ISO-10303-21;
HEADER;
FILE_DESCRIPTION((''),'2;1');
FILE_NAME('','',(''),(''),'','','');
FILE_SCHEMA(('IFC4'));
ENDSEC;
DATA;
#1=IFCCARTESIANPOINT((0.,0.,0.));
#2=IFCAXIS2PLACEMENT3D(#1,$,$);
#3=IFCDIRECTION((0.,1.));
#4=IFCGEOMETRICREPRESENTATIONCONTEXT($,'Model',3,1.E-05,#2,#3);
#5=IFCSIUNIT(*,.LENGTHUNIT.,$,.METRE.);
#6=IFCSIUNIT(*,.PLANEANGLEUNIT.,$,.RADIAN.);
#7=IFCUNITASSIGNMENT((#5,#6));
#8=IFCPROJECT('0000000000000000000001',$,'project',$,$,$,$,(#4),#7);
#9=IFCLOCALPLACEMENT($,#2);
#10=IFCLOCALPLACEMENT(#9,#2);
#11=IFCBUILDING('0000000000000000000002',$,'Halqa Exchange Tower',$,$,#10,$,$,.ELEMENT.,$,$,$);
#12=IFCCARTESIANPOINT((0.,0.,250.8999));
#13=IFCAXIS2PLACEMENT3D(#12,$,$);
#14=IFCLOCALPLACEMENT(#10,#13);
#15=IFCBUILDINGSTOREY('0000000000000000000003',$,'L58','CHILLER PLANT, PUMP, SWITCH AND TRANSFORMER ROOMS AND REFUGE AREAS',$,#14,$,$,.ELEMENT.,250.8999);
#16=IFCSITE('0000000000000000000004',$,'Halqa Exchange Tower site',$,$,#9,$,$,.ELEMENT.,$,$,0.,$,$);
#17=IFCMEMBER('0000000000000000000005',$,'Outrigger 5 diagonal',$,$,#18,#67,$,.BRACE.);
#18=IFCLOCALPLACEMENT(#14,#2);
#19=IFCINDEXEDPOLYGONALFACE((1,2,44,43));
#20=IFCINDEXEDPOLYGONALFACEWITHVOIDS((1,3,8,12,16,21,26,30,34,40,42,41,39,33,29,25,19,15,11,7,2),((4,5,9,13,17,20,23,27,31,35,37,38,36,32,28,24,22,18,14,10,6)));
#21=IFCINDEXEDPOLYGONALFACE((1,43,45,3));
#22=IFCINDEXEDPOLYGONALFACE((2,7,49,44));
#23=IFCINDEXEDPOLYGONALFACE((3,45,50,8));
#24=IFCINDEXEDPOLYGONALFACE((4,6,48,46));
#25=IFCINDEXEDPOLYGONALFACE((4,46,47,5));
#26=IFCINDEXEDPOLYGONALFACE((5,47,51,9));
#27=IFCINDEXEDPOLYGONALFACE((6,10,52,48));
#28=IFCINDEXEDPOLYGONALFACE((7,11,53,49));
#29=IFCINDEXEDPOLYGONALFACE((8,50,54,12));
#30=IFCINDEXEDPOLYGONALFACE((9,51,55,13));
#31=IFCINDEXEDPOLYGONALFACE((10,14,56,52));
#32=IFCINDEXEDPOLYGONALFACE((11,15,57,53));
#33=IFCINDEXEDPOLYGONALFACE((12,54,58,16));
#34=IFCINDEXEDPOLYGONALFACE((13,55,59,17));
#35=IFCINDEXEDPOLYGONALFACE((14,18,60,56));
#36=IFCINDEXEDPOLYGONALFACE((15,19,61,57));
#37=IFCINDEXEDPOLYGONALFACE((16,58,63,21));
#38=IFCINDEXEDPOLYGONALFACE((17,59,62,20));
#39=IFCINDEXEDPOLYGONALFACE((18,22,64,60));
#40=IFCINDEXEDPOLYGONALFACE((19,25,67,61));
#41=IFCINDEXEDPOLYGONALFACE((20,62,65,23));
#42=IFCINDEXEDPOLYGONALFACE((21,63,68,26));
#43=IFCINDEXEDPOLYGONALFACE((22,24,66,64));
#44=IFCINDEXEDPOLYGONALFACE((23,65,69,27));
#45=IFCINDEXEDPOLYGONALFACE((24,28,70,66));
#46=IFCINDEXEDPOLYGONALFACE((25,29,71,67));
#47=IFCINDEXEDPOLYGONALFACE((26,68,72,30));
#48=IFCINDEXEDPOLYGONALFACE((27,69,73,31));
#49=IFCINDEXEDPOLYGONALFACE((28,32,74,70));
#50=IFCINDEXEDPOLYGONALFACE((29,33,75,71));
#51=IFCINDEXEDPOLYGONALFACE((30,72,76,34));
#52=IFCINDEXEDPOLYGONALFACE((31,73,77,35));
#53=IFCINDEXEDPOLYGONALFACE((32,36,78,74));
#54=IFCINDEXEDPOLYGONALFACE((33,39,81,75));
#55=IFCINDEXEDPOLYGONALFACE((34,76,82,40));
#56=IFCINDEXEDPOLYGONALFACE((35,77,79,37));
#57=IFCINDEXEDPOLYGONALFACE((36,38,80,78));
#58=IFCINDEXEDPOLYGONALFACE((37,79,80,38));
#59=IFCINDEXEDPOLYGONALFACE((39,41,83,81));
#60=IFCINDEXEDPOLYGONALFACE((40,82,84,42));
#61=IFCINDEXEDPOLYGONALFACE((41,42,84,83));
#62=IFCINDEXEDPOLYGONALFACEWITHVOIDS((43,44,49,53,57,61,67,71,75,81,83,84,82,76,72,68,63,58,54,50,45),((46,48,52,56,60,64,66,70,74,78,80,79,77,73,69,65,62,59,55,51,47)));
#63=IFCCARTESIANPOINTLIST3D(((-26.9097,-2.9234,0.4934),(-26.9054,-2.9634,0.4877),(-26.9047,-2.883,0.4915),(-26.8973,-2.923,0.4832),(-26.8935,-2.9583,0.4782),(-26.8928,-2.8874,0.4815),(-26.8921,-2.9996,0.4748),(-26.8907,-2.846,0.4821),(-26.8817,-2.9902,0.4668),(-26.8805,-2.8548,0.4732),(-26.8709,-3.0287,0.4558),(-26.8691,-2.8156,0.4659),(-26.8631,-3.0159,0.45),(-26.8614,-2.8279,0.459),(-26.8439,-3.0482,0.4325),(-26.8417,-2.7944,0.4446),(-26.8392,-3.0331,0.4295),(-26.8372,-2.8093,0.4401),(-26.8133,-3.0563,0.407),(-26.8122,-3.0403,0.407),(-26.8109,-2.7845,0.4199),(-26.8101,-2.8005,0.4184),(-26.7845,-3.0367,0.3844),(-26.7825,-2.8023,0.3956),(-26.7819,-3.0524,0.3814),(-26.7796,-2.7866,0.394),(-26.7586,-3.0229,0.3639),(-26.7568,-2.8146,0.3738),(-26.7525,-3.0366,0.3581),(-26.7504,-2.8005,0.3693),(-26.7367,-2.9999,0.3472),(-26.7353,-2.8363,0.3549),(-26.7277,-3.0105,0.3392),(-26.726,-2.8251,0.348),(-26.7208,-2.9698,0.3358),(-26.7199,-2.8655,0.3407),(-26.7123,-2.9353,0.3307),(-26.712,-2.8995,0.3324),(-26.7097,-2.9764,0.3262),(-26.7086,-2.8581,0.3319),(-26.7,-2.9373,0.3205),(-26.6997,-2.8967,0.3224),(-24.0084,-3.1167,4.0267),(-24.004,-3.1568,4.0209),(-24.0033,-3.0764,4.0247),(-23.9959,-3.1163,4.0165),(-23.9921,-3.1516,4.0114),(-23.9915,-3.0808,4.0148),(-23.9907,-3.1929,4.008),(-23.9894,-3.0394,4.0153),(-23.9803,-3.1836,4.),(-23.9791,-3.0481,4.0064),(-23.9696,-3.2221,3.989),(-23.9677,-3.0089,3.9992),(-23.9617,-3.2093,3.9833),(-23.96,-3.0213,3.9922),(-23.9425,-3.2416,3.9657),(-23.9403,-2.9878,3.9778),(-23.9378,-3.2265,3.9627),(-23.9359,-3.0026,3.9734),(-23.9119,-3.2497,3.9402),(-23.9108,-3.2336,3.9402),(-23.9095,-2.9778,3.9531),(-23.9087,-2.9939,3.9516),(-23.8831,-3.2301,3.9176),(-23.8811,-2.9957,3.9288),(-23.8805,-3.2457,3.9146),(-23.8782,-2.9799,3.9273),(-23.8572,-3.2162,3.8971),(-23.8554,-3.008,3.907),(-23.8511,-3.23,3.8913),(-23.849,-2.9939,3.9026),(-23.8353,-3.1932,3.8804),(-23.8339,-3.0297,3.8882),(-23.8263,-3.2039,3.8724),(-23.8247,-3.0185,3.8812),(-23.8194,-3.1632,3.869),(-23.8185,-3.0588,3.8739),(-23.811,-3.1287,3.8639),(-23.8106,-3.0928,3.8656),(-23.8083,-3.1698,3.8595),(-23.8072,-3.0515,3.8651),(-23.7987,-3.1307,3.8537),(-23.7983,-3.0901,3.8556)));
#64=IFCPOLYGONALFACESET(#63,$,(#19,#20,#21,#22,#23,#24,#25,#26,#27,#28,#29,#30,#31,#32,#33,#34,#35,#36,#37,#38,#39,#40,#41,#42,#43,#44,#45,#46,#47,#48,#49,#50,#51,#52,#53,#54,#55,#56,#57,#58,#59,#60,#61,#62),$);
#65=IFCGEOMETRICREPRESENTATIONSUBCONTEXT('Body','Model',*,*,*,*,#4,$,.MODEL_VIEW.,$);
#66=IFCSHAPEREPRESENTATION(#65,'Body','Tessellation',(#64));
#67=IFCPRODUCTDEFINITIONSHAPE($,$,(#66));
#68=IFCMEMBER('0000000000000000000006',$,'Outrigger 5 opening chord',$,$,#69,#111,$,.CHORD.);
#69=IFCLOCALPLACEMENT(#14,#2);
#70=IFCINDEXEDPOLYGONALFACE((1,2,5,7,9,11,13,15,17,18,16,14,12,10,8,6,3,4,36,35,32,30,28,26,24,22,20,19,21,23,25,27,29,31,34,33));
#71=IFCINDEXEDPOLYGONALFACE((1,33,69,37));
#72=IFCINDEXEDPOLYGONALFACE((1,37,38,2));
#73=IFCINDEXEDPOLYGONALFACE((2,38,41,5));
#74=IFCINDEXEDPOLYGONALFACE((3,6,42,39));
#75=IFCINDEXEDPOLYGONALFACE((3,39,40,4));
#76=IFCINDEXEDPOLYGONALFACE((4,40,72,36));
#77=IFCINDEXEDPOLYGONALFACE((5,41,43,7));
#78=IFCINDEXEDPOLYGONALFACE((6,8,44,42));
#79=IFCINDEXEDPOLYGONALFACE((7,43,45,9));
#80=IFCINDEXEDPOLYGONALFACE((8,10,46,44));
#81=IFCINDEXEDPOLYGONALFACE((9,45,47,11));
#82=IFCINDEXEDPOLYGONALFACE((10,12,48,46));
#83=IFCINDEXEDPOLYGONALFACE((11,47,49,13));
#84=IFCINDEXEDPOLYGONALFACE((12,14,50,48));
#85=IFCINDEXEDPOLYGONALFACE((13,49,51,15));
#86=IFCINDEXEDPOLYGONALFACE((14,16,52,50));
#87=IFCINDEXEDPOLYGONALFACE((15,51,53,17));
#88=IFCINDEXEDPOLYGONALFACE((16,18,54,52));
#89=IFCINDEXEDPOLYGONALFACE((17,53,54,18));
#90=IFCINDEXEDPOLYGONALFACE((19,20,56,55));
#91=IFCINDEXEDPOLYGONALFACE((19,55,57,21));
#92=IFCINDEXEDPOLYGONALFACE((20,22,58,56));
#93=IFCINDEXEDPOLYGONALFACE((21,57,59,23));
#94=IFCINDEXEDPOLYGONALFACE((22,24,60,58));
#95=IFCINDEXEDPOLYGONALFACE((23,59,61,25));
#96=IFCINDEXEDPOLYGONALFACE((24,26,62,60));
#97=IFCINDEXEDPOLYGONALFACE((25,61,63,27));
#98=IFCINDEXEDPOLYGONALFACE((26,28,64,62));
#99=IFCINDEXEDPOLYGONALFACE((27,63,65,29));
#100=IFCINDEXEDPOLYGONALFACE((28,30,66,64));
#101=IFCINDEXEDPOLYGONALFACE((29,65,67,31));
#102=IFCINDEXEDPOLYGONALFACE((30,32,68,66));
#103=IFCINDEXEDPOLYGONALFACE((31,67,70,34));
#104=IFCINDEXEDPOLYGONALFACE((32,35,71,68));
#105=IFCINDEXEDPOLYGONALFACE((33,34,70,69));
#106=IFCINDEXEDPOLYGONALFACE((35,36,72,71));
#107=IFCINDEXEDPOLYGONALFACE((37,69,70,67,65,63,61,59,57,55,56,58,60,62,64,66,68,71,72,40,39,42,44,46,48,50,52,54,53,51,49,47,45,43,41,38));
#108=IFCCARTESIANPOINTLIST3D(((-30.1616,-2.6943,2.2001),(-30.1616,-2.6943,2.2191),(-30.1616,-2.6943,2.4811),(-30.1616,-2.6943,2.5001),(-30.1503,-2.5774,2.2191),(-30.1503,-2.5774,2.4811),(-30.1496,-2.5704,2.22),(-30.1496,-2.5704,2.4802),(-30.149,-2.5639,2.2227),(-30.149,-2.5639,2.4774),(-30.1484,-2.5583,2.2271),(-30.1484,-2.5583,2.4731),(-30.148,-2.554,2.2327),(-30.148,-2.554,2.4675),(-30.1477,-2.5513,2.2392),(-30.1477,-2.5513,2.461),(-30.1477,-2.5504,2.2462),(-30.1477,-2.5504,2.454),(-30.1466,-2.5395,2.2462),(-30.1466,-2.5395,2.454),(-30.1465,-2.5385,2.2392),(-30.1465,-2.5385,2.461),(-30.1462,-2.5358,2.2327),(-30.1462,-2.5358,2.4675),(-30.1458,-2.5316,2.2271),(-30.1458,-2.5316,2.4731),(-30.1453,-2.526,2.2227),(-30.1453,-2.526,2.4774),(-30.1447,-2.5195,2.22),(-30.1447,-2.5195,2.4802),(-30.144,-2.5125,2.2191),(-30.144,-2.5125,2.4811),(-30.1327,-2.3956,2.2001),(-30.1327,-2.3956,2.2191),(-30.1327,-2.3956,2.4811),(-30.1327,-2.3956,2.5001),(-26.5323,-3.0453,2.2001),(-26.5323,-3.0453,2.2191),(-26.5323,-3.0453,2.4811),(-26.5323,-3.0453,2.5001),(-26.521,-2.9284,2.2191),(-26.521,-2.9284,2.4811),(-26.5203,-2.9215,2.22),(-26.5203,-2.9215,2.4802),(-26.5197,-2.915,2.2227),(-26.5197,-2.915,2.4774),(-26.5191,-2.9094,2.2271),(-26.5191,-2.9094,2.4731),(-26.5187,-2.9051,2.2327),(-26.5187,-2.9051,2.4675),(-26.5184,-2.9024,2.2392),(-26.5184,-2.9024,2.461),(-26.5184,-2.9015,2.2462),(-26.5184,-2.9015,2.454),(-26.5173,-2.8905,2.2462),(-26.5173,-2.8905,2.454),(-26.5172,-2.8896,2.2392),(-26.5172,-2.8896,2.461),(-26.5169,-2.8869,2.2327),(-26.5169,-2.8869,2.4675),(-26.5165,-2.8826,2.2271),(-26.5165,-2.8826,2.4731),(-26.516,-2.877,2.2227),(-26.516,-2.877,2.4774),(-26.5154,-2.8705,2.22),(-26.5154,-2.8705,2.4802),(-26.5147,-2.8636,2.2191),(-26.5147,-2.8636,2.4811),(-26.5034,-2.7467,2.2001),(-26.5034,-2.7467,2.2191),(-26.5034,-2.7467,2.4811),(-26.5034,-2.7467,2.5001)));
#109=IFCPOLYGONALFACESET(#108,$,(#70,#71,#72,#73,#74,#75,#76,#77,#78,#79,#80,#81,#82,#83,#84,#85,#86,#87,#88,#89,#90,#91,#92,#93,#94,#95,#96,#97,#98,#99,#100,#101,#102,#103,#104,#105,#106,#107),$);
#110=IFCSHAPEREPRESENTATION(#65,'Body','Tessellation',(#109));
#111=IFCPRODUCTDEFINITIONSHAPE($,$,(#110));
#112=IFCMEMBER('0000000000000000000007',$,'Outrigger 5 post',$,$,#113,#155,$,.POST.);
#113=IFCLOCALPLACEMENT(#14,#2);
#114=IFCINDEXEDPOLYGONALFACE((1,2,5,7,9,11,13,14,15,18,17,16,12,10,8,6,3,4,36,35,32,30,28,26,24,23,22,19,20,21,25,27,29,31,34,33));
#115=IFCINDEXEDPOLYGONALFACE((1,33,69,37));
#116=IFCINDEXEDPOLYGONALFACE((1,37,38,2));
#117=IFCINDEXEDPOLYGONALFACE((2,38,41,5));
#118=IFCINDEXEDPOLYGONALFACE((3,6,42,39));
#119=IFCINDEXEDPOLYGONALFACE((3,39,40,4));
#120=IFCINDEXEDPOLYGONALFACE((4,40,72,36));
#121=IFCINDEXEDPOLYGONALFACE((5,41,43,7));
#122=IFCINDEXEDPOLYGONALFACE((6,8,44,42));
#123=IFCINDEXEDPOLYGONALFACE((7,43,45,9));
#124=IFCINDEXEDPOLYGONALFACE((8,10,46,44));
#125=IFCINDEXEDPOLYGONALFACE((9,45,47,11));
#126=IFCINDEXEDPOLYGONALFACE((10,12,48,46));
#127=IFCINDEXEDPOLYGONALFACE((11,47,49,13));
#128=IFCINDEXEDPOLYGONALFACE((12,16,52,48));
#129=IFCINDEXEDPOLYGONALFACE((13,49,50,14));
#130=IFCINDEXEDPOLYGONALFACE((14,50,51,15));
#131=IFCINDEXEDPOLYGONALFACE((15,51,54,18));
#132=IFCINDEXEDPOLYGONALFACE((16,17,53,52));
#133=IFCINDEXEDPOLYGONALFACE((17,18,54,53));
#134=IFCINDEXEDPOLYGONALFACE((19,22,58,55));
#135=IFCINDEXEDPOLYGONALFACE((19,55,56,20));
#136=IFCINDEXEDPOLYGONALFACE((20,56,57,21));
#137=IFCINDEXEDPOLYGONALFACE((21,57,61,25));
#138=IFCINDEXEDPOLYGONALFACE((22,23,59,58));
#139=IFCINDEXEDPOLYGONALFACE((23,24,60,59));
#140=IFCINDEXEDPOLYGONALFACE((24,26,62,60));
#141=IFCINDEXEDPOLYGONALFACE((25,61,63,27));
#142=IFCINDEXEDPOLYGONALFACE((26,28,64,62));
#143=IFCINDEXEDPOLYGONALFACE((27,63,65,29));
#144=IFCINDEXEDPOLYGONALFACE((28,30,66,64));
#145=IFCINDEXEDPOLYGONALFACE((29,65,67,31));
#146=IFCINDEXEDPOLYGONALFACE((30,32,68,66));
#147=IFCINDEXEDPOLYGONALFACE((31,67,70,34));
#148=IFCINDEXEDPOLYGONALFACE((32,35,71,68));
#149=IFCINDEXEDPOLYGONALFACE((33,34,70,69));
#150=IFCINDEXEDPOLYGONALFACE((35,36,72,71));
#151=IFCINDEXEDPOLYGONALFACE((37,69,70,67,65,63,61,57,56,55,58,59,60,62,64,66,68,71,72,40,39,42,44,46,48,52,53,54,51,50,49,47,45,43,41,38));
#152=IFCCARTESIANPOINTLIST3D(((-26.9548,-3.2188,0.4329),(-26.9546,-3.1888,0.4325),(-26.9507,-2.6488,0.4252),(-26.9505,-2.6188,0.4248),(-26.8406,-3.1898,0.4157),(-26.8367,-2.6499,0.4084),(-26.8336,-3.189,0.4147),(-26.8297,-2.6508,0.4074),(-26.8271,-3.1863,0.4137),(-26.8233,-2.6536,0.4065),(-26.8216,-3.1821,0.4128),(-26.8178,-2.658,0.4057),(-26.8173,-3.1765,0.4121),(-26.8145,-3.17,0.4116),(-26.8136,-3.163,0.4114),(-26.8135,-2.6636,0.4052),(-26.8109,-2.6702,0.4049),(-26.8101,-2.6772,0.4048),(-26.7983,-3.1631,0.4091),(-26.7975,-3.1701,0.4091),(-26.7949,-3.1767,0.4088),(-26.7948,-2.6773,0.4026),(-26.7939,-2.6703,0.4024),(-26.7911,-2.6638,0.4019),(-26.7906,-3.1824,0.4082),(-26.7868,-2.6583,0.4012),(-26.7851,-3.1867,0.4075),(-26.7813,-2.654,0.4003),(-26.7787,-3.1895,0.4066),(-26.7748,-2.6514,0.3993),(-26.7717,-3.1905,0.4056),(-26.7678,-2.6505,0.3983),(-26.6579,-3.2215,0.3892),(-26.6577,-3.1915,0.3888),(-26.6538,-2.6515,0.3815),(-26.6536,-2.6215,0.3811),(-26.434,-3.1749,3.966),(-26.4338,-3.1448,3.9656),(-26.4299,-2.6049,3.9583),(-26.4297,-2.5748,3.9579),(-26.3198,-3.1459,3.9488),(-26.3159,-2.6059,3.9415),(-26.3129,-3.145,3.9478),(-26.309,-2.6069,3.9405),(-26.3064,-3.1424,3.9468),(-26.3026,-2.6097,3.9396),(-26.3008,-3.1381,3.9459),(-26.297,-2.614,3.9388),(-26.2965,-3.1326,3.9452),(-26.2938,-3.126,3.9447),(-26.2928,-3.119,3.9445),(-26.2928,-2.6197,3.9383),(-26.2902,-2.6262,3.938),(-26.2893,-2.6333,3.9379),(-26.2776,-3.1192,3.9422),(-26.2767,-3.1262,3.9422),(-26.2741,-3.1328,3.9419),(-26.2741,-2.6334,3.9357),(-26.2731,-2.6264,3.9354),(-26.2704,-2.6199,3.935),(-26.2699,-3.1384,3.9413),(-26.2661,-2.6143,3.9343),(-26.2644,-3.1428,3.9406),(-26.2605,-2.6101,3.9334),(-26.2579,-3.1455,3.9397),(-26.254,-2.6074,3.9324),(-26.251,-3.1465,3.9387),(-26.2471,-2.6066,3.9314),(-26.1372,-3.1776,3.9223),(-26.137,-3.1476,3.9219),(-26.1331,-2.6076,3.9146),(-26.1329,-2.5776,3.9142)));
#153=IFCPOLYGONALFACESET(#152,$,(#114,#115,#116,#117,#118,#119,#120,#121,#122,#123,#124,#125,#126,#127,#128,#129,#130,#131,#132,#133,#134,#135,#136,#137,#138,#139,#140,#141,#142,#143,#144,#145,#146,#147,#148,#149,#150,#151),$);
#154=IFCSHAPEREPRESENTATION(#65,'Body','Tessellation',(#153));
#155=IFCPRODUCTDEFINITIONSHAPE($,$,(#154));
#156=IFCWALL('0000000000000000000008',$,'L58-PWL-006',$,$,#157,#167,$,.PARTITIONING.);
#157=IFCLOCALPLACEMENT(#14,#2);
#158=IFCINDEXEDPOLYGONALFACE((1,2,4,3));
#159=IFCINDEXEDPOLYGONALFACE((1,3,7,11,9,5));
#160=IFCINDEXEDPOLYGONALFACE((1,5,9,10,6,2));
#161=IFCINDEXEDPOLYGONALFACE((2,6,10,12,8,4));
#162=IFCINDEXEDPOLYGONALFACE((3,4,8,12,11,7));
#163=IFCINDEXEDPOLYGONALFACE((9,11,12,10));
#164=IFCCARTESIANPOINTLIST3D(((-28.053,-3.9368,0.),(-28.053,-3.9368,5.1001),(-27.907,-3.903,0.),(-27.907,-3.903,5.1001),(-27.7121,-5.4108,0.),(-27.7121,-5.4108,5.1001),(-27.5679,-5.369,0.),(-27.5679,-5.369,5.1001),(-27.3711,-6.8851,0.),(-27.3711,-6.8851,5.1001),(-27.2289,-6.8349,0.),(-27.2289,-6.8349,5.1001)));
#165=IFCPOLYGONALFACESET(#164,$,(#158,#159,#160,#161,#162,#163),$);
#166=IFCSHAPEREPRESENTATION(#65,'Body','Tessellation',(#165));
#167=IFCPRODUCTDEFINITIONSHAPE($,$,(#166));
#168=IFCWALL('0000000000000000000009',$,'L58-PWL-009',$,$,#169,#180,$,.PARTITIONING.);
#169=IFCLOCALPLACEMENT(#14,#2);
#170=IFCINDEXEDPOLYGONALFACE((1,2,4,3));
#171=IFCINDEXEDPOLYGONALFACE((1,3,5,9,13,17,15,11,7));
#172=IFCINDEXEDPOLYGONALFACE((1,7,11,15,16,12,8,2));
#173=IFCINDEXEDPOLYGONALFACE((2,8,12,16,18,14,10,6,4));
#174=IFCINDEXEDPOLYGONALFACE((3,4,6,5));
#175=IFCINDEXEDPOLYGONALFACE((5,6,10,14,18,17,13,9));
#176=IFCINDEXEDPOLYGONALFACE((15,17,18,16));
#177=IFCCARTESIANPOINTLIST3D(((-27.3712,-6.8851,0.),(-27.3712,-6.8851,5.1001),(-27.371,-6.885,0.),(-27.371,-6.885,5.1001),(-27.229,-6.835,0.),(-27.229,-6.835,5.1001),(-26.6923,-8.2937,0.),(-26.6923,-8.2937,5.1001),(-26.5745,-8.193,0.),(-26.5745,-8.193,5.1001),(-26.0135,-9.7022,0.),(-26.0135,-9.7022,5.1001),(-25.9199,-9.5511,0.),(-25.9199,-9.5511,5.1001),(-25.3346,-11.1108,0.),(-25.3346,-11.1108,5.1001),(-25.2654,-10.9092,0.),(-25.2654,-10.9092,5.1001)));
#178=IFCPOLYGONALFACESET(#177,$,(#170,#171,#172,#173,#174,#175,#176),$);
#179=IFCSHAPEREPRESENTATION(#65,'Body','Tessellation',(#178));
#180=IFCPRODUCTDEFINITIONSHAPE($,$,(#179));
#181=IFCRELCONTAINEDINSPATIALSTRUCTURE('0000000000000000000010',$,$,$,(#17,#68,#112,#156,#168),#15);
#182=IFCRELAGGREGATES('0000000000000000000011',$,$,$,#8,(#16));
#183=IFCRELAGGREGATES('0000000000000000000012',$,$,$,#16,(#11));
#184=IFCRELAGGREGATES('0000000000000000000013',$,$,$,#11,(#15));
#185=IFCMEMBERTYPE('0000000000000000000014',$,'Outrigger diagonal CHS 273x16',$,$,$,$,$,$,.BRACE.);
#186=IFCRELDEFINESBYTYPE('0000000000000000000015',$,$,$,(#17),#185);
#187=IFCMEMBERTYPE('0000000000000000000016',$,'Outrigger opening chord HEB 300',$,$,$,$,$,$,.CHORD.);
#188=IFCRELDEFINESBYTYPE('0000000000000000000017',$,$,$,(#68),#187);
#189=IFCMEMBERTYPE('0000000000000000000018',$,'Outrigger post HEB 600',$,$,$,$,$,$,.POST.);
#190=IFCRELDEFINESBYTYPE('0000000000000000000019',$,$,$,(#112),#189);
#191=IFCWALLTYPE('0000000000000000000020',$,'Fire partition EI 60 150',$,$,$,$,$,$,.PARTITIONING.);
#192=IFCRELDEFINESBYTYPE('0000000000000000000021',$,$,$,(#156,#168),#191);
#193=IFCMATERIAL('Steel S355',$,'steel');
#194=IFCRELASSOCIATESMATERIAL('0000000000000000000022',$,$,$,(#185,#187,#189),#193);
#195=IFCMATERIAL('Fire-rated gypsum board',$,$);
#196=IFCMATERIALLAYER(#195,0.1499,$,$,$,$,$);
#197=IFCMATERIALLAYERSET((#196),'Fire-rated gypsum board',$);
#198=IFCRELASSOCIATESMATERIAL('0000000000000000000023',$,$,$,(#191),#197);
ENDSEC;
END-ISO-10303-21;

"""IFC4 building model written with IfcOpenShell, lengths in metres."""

from ifc_helpers import new_model, si_unit, direction, frame, origin, origin_2d, place, context, subcontext, project, spatial, polyline, hollow_circle, i_section, outline, extrude, material, layer, layer_set, material_profile, profile_set, type_object, element, save


model = new_model("IFC4")

# Units and contexts
model_context = context("Model", 3, precision=1e-05, world=origin(), true_north=direction((0.0, 1.0)))
body_context = subcontext(model_context, "Body", "Model", "MODEL_VIEW")
ifc_project = project(units=[si_unit("LENGTHUNIT", "METRE"), si_unit("PLANEANGLEUNIT", "RADIAN")], contexts=[model_context])

# Site, building, storey
site_placement = place(None, origin())
site = spatial("IfcSite", under=ifc_project, at=site_placement, Name="Halqa Exchange Tower site", CompositionType="ELEMENT", RefElevation=0.0)
building_placement = place(site_placement, origin())
building = spatial("IfcBuilding", under=site, at=building_placement, Name="Halqa Exchange Tower", CompositionType="ELEMENT")
storey_placement = place(building_placement, frame((0.0, 0.0, 250.8999)))
storey = spatial("IfcBuildingStorey", under=building, at=storey_placement, Name="L58", Description="CHILLER PLANT, PUMP, SWITCH AND TRANSFORMER ROOMS AND REFUGE AREAS", CompositionType="ELEMENT", Elevation=250.8999)

# Members
ifc_material_1 = material(Name="Steel S355", Category="steel")
ifc_material_profile_1 = material_profile(ifc_material_1, hollow_circle(Radius=0.1365, WallThickness=0.0161, at=origin_2d()), Name="CHS 273x16")
ifc_profile_set_1 = profile_set([ifc_material_profile_1], Name="Steel S355")
member_type_1 = type_object("IfcMemberType", Name="Outrigger diagonal CHS 273x16", PredefinedType="BRACE", material=ifc_profile_set_1)
member_1_placement = place(storey_placement, frame((-23.9028, -3.1135, 3.9402), z_axis=(-0.634054, 0.042256, -0.772133), x_axis=(-0.066497, -0.997787, 0.0)))
element("IfcMember", 1, at=member_1_placement, inside=storey, type_object=member_type_1, Name="Outrigger 5 diagonal", PredefinedType="BRACE", context=body_context, shape_type="SweptSolid", body=[
    extrude(hollow_circle(Radius=0.1365, WallThickness=0.0161, at=origin_2d()), origin(), (0.0, 0.0, 1.0), 4.5759),
])
ifc_material_profile_2 = material_profile(ifc_material_1, i_section(OverallWidth=0.3, OverallDepth=0.3, WebThickness=0.011, FlangeThickness=0.019, FilletRadius=0.0271, at=origin_2d()), Name="HEB 300")
ifc_profile_set_2 = profile_set([ifc_material_profile_2], Name="Steel S355")
member_type_2 = type_object("IfcMemberType", Name="Outrigger opening chord HEB 300", PredefinedType="CHORD", material=ifc_profile_set_2)
member_2_placement = place(storey_placement, frame((-26.5178, -2.896, 2.3501), z_axis=(-0.995354, 0.096281, 0.0), x_axis=(-0.096281, -0.995354, 0.0)))
element("IfcMember", 2, at=member_2_placement, inside=storey, type_object=member_type_2, Name="Outrigger 5 opening chord", PredefinedType="CHORD", context=body_context, shape_type="SweptSolid", body=[
    extrude(i_section(OverallWidth=0.3, OverallDepth=0.3, WebThickness=0.011, FlangeThickness=0.019, FilletRadius=0.0271, at=origin_2d()), origin(), (0.0, 0.0, 1.0), 3.6462),
])
ifc_material_profile_3 = material_profile(ifc_material_1, i_section(OverallWidth=0.3, OverallDepth=0.6001, WebThickness=0.0154, FlangeThickness=0.03, FilletRadius=0.0271, at=origin_2d()), Name="HEB 600")
ifc_profile_set_3 = profile_set([ifc_material_profile_3], Name="Steel S355")
member_type_3 = type_object("IfcMemberType", Name="Outrigger post HEB 600", PredefinedType="POST", material=ifc_profile_set_3)
member_3_placement = place(storey_placement, frame((-26.8042, -2.9202, 0.407), z_axis=(0.145802, 0.012304, 0.989237), x_axis=(0.989287, -0.00911, -0.145696)))
element("IfcMember", 3, at=member_3_placement, inside=storey, type_object=member_type_3, Name="Outrigger 5 post", PredefinedType="POST", context=body_context, shape_type="SweptSolid", body=[
    extrude(i_section(OverallWidth=0.3, OverallDepth=0.6001, WebThickness=0.0154, FlangeThickness=0.03, FilletRadius=0.0271, at=origin_2d()), origin(), (0.0, 0.0, 1.0), 3.5715),
])

# Walls
ifc_material_2 = material(Name="Fire-rated gypsum board")
ifc_layer_1 = layer(ifc_material_2, 0.1499)
ifc_layer_set_1 = layer_set([ifc_layer_1], Name="Fire-rated gypsum board")
wall_type_1 = type_object("IfcWallType", Name="Fire partition EI 60 150", PredefinedType="PARTITIONING", material=ifc_layer_set_1)
wall_1_placement = place(storey_placement, frame((-27.98, -3.9199, 0.0), z_axis=(0.0, 0.0, 1.0), x_axis=(0.225337, -0.974281, 0.0)))
element("IfcWall", 4, at=wall_1_placement, inside=storey, type_object=wall_type_1, Name="L58-PWL-006", PredefinedType="PARTITIONING", context=body_context, shape_type="SweptSolid", body=[
    extrude(outline(polyline([(0.0, -0.075), (1.5129, -0.075), (3.0261, -0.075), (3.0093, 0.075), (1.5046, 0.075), (0.0, 0.075), (0.0, -0.075)])), origin(), (0.0, 0.0, 1.0), 5.1001),
])
wall_2_placement = place(storey_placement, frame((-27.3037, -6.8525, 0.0), z_axis=(0.0, 0.0, 1.0), x_axis=(0.434155, -0.900838, 0.0)))
element("IfcWall", 5, at=wall_2_placement, inside=storey, type_object=wall_type_1, Name="L58-PWL-009", PredefinedType="PARTITIONING", context=body_context, shape_type="SweptSolid", body=[
    extrude(outline(polyline([(4.6909, -0.075), (4.6909, -0.075), (4.5393, 0.075), (3.0317, 0.075), (1.5242, 0.075), (0.0166, 0.075), (0.0, -0.0747), (0.0, -0.075), (1.5637, -0.075), (3.1272, -0.075), (4.6909, -0.075)])), origin(), (0.0, 0.0, 1.0), 5.1001),
])

save(model, "model.ifc")
